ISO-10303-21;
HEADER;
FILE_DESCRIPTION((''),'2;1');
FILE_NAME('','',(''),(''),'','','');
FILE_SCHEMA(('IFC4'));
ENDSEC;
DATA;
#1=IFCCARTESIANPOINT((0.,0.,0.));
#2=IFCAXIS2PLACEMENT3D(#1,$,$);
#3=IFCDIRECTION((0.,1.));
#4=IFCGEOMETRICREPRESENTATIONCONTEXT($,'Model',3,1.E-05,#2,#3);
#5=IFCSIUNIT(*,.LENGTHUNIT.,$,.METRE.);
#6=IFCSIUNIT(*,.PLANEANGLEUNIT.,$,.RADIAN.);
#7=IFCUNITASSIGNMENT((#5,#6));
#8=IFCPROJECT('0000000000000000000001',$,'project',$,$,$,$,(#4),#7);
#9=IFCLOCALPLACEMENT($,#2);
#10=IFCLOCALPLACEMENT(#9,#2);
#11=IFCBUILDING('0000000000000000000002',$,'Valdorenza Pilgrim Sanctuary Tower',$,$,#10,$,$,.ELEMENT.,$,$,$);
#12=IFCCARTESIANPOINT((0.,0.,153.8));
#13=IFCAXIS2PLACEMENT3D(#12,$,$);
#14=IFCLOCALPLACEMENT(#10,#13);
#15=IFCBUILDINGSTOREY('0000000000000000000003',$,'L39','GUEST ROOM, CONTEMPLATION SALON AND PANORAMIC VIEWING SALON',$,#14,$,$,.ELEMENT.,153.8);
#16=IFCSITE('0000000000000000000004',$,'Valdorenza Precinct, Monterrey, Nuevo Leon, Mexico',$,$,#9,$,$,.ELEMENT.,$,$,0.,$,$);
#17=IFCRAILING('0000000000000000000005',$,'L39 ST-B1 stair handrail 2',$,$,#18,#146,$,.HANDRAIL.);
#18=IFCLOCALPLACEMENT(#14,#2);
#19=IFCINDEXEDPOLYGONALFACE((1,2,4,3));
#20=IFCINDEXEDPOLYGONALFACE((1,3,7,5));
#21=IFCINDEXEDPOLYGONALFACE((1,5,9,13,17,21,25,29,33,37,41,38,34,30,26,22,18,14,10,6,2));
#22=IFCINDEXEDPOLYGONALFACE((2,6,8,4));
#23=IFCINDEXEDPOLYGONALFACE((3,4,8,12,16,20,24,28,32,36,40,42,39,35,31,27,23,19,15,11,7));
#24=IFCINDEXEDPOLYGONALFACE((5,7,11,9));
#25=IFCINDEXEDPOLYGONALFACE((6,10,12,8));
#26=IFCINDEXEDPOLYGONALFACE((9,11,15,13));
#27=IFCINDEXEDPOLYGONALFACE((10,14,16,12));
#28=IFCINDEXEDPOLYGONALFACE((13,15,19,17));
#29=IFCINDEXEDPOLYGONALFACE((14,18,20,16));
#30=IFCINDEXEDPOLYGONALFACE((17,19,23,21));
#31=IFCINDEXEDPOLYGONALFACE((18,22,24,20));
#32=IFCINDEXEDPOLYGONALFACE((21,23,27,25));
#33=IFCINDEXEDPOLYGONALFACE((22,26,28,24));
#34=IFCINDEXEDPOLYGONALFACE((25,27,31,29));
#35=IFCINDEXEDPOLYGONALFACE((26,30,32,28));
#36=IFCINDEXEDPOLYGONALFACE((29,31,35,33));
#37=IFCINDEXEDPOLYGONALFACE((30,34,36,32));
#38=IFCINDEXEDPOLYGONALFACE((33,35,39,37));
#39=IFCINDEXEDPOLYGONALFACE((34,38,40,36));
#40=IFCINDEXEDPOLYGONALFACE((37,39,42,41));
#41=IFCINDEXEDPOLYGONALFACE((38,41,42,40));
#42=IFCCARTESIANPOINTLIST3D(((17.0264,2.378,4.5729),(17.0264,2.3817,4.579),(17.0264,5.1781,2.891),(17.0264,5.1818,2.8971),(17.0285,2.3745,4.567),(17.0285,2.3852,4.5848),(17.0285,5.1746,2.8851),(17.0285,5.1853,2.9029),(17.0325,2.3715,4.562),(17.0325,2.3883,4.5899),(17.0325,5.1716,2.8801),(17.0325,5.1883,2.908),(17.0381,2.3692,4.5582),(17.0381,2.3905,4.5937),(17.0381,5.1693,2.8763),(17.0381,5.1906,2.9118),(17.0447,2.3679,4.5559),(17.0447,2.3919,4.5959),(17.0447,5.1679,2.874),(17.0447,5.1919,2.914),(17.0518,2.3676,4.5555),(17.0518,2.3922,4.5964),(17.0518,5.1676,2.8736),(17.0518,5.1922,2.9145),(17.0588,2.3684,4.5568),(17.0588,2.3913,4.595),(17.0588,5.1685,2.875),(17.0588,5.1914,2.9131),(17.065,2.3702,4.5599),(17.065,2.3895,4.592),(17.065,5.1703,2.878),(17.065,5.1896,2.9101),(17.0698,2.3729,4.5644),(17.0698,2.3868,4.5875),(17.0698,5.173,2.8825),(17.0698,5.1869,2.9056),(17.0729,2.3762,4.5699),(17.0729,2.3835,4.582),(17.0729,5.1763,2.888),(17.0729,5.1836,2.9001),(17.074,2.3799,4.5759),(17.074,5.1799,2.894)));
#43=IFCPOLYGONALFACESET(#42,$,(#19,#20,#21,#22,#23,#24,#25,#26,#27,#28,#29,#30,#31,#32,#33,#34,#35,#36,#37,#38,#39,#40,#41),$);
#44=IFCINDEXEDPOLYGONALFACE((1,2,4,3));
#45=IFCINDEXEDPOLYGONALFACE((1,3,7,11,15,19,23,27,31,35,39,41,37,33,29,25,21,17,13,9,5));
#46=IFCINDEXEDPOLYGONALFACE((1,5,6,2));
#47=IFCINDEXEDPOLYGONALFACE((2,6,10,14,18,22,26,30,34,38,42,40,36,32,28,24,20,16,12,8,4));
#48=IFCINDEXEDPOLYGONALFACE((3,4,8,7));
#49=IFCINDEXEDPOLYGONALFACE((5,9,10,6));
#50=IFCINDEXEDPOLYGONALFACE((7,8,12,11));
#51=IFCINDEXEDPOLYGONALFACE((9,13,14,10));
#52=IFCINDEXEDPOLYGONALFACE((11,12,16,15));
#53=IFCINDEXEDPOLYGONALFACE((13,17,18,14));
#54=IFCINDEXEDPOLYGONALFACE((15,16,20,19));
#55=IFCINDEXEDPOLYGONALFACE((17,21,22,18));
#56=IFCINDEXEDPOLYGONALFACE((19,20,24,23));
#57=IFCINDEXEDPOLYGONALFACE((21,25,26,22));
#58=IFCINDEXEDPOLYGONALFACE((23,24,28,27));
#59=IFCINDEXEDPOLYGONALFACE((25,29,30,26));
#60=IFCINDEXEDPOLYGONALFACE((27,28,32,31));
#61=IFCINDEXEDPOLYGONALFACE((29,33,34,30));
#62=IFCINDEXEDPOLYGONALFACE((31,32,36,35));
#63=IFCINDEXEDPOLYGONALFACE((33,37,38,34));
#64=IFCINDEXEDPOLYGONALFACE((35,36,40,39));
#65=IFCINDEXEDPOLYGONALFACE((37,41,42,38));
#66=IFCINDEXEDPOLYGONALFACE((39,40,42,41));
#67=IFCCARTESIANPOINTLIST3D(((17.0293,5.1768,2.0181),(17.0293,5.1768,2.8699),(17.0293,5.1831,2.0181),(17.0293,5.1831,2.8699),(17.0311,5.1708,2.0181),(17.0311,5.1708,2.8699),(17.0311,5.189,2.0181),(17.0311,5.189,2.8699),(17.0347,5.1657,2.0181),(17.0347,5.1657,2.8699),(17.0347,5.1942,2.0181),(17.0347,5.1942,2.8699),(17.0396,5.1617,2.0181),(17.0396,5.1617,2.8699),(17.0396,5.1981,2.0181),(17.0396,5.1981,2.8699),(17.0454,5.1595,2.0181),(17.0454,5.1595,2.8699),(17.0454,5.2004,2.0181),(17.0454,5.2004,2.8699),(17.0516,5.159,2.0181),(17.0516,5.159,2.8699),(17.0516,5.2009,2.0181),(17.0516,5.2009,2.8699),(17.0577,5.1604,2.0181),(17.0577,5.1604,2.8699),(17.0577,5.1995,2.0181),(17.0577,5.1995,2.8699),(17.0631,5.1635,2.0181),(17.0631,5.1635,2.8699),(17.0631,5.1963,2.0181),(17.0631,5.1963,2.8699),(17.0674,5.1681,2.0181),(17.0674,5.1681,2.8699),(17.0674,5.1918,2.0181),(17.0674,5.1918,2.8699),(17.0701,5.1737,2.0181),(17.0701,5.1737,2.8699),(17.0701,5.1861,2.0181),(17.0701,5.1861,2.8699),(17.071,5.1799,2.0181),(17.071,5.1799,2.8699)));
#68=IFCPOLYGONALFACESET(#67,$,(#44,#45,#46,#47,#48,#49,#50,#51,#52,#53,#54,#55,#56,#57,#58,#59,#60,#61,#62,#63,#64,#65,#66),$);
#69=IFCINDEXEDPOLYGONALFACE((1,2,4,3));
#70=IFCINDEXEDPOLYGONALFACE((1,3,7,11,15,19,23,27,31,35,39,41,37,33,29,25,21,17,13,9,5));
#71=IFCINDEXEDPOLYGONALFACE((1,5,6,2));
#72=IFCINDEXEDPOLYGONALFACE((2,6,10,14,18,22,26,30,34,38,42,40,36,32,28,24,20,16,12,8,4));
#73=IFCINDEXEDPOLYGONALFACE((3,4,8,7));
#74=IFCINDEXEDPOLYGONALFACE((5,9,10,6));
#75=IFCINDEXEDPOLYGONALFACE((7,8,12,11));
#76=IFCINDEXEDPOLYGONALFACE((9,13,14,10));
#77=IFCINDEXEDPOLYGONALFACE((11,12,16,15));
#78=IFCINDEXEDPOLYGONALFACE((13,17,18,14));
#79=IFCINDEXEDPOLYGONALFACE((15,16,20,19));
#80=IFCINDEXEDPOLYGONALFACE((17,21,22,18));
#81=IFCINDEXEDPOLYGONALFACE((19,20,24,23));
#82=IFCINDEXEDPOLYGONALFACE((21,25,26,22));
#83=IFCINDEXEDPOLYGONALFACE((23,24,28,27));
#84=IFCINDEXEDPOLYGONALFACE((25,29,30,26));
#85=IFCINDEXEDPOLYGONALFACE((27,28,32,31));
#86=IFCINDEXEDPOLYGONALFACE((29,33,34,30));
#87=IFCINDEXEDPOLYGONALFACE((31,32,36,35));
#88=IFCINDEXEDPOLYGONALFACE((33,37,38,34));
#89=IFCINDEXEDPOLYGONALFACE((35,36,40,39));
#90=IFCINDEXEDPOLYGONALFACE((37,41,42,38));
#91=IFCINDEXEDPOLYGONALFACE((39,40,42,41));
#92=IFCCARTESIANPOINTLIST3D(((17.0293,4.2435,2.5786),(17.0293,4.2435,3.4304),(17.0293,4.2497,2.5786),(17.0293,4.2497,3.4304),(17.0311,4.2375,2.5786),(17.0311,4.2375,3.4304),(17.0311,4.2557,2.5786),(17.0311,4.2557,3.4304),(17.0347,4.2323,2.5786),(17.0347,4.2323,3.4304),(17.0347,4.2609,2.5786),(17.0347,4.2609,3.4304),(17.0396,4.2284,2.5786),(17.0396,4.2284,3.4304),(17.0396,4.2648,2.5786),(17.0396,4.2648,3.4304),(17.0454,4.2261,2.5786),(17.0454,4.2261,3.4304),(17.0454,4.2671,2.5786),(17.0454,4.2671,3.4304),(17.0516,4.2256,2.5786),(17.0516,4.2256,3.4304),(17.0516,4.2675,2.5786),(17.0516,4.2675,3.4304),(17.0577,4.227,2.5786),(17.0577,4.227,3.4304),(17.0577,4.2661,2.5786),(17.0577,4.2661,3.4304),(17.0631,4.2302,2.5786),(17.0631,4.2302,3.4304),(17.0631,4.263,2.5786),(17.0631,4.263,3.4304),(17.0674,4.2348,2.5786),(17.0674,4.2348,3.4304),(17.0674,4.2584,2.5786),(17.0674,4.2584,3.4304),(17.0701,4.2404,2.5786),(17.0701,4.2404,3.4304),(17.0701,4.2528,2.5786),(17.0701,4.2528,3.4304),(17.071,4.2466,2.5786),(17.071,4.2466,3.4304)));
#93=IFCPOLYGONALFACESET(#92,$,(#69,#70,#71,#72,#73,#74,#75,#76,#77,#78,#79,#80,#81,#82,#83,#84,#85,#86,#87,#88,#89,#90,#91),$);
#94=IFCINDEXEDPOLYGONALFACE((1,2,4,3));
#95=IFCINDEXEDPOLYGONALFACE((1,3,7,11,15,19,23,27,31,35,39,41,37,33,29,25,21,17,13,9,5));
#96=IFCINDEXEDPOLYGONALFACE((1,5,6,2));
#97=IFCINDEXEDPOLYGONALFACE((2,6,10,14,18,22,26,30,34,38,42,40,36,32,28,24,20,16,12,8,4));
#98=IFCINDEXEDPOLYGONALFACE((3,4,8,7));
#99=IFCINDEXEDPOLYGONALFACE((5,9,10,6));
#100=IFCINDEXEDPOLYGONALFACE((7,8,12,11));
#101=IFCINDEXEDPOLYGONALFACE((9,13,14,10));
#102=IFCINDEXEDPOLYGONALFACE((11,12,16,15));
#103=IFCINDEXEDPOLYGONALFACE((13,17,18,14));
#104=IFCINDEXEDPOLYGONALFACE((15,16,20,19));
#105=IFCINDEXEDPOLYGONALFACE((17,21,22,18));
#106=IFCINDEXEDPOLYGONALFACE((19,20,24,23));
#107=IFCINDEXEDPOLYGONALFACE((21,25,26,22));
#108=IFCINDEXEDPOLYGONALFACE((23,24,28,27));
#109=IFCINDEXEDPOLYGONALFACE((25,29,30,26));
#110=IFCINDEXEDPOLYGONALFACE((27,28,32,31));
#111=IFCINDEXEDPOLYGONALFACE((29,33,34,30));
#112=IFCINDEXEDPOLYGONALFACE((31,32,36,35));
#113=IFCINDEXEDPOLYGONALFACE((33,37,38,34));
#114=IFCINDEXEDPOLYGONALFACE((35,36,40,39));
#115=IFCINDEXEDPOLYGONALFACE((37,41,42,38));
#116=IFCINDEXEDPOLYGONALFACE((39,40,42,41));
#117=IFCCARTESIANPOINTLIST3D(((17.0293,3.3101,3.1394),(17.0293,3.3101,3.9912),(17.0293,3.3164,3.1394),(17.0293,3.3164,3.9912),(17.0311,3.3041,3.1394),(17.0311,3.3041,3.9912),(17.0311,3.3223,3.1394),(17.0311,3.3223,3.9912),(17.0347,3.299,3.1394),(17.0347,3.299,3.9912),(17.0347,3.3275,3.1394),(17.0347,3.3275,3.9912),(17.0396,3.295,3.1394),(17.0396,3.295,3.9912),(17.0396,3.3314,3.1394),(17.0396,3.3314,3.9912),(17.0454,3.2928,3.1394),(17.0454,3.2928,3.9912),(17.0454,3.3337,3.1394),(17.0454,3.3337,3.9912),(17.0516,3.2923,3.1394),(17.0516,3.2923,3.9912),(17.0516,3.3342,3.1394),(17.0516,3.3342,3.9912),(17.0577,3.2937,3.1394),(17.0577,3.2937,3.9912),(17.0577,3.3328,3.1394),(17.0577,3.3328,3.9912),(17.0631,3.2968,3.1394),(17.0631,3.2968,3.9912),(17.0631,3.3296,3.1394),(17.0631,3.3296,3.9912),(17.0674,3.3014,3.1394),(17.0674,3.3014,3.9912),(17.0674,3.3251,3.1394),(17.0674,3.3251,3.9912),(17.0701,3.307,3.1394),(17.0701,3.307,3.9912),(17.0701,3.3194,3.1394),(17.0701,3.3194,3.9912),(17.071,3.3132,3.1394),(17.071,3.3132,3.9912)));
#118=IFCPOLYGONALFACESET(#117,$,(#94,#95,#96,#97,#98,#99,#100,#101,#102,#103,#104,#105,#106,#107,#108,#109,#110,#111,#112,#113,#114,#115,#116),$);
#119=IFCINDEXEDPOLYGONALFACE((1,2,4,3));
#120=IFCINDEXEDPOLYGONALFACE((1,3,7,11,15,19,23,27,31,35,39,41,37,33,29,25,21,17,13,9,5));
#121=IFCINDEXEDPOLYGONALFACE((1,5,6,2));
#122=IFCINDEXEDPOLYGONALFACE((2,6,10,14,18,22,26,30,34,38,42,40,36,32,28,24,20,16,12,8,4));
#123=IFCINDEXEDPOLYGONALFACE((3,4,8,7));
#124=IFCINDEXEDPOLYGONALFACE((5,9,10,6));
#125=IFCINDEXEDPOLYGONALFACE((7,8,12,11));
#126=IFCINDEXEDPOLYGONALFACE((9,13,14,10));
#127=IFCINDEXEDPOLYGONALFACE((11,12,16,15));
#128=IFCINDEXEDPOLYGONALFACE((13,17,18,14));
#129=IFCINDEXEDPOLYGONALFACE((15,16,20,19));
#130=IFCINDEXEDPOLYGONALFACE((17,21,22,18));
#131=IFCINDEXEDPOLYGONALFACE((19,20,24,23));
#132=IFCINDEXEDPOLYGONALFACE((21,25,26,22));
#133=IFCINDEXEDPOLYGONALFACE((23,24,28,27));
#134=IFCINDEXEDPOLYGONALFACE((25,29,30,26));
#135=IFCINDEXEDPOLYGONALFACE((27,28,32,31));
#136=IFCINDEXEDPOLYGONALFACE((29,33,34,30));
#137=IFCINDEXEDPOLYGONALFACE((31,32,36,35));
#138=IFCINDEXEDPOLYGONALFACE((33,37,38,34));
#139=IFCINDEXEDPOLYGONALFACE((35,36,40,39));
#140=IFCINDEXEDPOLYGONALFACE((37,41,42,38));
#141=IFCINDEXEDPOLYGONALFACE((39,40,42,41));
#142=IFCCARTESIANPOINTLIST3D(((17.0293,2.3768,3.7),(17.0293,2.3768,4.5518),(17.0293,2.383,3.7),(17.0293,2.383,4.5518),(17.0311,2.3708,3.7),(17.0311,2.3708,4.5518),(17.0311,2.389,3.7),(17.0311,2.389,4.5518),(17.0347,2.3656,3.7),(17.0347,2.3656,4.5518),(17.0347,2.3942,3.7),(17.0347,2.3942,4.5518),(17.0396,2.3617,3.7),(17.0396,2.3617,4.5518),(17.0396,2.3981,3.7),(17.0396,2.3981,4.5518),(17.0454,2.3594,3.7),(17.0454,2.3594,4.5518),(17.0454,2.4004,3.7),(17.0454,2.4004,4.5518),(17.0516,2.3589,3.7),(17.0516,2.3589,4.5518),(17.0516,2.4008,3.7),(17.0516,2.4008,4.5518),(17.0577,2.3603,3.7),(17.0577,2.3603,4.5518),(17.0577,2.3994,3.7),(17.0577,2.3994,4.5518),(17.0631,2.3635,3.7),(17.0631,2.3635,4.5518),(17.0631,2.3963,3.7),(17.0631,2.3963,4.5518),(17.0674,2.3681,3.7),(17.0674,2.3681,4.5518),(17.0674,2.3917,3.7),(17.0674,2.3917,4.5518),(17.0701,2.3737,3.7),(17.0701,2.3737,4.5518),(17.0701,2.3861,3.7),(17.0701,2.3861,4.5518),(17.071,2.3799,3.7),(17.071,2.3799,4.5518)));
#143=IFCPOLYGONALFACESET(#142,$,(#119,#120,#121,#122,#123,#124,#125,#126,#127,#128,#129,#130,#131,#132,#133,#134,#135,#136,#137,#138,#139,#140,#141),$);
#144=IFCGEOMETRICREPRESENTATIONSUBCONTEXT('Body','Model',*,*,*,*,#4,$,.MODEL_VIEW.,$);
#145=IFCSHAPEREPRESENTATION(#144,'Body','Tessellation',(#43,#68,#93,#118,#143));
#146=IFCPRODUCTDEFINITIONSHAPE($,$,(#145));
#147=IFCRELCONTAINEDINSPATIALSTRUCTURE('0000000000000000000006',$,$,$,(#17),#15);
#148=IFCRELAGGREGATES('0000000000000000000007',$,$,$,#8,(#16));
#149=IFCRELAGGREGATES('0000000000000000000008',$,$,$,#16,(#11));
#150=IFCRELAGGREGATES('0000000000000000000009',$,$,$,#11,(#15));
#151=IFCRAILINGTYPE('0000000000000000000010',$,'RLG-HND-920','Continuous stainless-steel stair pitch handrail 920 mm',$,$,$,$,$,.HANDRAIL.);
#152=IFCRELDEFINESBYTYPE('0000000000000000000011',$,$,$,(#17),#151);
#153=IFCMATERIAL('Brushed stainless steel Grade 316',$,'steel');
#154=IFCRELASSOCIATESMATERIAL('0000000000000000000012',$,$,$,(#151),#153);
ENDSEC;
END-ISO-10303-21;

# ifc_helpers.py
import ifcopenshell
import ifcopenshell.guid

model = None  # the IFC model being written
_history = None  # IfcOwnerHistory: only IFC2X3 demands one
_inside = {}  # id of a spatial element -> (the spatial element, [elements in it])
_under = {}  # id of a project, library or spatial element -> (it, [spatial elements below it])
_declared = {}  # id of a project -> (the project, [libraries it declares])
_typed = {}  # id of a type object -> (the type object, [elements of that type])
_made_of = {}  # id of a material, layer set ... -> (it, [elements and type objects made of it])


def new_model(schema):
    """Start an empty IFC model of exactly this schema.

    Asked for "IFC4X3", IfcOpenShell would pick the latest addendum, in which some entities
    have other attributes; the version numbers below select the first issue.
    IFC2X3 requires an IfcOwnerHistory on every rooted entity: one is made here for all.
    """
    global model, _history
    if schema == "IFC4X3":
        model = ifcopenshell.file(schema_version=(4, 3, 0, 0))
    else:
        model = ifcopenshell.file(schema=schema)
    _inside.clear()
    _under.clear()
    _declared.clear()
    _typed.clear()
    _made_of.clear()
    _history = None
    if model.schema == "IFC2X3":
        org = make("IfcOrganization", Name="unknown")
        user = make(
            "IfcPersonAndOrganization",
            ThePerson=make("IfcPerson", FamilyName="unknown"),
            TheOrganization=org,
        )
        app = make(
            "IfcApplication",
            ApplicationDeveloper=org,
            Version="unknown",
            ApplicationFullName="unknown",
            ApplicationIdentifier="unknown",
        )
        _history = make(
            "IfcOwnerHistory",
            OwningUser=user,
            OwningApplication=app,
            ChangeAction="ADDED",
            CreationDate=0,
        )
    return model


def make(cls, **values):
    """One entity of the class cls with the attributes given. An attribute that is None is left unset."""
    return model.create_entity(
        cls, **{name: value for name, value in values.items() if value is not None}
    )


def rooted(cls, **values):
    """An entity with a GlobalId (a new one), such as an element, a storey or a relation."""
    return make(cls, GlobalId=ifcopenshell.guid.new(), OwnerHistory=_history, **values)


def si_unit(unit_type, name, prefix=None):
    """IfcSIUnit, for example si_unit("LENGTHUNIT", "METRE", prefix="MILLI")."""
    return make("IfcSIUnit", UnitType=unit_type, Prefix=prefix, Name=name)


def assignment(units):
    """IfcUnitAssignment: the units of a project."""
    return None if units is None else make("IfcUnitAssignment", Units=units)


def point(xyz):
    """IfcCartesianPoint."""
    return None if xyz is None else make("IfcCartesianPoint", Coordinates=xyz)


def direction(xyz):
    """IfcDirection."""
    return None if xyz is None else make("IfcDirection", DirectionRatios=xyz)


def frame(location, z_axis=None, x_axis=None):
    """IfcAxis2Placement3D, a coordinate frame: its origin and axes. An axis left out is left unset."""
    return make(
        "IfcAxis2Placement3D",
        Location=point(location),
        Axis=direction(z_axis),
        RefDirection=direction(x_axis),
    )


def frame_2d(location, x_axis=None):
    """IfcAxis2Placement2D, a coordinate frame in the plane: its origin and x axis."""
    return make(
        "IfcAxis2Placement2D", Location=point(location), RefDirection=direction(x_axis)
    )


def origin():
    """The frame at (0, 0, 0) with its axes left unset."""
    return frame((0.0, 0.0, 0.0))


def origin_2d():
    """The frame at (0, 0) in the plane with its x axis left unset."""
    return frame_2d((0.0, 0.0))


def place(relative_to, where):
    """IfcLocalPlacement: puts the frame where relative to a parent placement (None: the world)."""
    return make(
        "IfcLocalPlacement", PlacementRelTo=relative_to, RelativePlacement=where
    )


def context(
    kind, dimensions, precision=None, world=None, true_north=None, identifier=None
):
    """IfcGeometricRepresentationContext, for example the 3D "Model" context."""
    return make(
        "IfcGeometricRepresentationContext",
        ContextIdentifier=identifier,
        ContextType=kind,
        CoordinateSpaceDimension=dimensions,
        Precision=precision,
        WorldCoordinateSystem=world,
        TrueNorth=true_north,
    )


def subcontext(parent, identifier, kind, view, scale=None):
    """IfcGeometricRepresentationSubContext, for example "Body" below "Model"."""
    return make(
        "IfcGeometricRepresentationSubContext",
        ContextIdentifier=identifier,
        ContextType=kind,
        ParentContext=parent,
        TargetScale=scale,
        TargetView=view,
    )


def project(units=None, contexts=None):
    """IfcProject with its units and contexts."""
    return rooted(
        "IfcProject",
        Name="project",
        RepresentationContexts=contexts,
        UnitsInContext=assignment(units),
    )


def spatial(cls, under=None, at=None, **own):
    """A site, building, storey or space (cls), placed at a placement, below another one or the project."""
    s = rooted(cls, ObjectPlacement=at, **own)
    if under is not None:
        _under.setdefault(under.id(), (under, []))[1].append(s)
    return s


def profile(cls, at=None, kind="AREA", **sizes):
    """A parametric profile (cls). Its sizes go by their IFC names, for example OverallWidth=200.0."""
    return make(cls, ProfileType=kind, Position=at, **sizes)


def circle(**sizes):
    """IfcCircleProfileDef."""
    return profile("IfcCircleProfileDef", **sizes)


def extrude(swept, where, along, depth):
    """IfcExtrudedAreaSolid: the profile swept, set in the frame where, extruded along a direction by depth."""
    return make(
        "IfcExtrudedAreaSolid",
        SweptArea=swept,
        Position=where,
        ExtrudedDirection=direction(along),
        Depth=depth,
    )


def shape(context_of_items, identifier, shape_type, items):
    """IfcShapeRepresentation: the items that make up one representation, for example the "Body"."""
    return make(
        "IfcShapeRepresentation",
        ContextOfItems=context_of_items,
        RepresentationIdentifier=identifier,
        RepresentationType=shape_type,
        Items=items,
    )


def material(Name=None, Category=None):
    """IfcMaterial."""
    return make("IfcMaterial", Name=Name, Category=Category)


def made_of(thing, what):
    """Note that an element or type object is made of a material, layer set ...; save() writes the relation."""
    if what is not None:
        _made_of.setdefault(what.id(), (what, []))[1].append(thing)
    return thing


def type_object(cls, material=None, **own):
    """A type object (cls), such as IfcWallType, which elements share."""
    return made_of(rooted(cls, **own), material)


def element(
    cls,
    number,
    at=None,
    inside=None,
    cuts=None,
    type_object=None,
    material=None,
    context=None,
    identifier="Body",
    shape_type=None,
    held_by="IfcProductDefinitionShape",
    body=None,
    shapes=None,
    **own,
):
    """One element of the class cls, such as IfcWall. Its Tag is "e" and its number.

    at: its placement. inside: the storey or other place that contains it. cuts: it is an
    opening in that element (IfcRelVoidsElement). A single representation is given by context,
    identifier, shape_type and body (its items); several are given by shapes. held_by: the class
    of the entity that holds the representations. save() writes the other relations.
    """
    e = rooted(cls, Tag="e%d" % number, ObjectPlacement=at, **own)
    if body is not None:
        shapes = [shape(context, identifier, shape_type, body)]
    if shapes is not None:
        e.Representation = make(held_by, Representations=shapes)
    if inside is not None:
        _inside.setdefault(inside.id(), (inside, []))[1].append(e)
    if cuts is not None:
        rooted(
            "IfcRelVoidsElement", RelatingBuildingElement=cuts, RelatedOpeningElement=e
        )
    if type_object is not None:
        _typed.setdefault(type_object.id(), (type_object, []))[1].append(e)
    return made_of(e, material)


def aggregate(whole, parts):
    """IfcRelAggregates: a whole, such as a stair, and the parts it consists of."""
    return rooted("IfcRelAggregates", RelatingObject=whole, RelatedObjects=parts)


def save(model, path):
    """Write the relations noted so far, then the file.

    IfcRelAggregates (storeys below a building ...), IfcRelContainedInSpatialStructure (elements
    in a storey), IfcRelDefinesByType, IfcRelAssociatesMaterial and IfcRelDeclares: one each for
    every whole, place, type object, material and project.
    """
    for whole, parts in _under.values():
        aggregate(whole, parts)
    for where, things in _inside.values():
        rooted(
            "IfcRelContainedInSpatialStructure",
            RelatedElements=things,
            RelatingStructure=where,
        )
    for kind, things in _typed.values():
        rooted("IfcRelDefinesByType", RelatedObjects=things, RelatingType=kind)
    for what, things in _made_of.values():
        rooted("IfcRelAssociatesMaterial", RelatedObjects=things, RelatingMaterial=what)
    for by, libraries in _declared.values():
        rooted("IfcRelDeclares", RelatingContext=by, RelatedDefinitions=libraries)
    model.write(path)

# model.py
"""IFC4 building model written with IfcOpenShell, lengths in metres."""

from ifc_helpers import new_model, si_unit, direction, frame, origin, origin_2d, place, context, subcontext, project, spatial, circle, extrude, material, type_object, element, save


model = new_model("IFC4")

# Units and contexts
model_context = context("Model", 3, precision=1e-05, world=origin(), true_north=direction((0.0, 1.0)))
body_context = subcontext(model_context, "Body", "Model", "MODEL_VIEW")
ifc_project = project(units=[si_unit("LENGTHUNIT", "METRE"), si_unit("PLANEANGLEUNIT", "RADIAN")], contexts=[model_context])

# Site, building, storey
site_placement = place(None, origin())
site = spatial("IfcSite", under=ifc_project, at=site_placement, Name="Valdorenza Precinct, Monterrey, Nuevo Leon, Mexico", CompositionType="ELEMENT", RefElevation=0.0)
building_placement = place(site_placement, origin())
building = spatial("IfcBuilding", under=site, at=building_placement, Name="Valdorenza Pilgrim Sanctuary Tower", CompositionType="ELEMENT")
storey_placement = place(building_placement, frame((0.0, 0.0, 153.8)))
storey = spatial("IfcBuildingStorey", under=building, at=storey_placement, Name="L39", Description="GUEST ROOM, CONTEMPLATION SALON AND PANORAMIC VIEWING SALON", CompositionType="ELEMENT", Elevation=153.8)

# Shared definitions
ifc_material_1 = material(Name="Brushed stainless steel Grade 316", Category="steel")

# Railing
railing_type_1 = type_object("IfcRailingType", Name="RLG-HND-920", Description="Continuous stainless-steel stair pitch handrail 920 mm", PredefinedType="HANDRAIL", material=ifc_material_1)
railing_1_placement = place(storey_placement, frame((17.05, 5.1799, 2.0181)))
element("IfcRailing", 1, at=railing_1_placement, inside=storey, type_object=railing_type_1, Name="L39 ST-B1 stair handrail 2", PredefinedType="HANDRAIL", context=body_context, shape_type="SweptSolid", body=[
    extrude(circle(Radius=0.0239, at=origin_2d()), frame((0.0, 0.0, 0.876), z_axis=(0.0, -0.857242, 0.514913), x_axis=(1.0, 0.0, 0.0)), (0.0, 0.0, 1.0), 3.2664),
    extrude(circle(Radius=0.021, at=origin_2d()), origin(), (0.0, 0.0, 1.0), 0.8518),
    extrude(circle(Radius=0.021, at=origin_2d()), frame((0.0, -0.9333, 0.5605)), (0.0, 0.0, 1.0), 0.8518),
    extrude(circle(Radius=0.021, at=origin_2d()), frame((0.0, -1.8667, 1.1213)), (0.0, 0.0, 1.0), 0.8518),
    extrude(circle(Radius=0.021, at=origin_2d()), frame((0.0, -2.8, 1.6819)), (0.0, 0.0, 1.0), 0.8518),
])

save(model, "model.ifc")
